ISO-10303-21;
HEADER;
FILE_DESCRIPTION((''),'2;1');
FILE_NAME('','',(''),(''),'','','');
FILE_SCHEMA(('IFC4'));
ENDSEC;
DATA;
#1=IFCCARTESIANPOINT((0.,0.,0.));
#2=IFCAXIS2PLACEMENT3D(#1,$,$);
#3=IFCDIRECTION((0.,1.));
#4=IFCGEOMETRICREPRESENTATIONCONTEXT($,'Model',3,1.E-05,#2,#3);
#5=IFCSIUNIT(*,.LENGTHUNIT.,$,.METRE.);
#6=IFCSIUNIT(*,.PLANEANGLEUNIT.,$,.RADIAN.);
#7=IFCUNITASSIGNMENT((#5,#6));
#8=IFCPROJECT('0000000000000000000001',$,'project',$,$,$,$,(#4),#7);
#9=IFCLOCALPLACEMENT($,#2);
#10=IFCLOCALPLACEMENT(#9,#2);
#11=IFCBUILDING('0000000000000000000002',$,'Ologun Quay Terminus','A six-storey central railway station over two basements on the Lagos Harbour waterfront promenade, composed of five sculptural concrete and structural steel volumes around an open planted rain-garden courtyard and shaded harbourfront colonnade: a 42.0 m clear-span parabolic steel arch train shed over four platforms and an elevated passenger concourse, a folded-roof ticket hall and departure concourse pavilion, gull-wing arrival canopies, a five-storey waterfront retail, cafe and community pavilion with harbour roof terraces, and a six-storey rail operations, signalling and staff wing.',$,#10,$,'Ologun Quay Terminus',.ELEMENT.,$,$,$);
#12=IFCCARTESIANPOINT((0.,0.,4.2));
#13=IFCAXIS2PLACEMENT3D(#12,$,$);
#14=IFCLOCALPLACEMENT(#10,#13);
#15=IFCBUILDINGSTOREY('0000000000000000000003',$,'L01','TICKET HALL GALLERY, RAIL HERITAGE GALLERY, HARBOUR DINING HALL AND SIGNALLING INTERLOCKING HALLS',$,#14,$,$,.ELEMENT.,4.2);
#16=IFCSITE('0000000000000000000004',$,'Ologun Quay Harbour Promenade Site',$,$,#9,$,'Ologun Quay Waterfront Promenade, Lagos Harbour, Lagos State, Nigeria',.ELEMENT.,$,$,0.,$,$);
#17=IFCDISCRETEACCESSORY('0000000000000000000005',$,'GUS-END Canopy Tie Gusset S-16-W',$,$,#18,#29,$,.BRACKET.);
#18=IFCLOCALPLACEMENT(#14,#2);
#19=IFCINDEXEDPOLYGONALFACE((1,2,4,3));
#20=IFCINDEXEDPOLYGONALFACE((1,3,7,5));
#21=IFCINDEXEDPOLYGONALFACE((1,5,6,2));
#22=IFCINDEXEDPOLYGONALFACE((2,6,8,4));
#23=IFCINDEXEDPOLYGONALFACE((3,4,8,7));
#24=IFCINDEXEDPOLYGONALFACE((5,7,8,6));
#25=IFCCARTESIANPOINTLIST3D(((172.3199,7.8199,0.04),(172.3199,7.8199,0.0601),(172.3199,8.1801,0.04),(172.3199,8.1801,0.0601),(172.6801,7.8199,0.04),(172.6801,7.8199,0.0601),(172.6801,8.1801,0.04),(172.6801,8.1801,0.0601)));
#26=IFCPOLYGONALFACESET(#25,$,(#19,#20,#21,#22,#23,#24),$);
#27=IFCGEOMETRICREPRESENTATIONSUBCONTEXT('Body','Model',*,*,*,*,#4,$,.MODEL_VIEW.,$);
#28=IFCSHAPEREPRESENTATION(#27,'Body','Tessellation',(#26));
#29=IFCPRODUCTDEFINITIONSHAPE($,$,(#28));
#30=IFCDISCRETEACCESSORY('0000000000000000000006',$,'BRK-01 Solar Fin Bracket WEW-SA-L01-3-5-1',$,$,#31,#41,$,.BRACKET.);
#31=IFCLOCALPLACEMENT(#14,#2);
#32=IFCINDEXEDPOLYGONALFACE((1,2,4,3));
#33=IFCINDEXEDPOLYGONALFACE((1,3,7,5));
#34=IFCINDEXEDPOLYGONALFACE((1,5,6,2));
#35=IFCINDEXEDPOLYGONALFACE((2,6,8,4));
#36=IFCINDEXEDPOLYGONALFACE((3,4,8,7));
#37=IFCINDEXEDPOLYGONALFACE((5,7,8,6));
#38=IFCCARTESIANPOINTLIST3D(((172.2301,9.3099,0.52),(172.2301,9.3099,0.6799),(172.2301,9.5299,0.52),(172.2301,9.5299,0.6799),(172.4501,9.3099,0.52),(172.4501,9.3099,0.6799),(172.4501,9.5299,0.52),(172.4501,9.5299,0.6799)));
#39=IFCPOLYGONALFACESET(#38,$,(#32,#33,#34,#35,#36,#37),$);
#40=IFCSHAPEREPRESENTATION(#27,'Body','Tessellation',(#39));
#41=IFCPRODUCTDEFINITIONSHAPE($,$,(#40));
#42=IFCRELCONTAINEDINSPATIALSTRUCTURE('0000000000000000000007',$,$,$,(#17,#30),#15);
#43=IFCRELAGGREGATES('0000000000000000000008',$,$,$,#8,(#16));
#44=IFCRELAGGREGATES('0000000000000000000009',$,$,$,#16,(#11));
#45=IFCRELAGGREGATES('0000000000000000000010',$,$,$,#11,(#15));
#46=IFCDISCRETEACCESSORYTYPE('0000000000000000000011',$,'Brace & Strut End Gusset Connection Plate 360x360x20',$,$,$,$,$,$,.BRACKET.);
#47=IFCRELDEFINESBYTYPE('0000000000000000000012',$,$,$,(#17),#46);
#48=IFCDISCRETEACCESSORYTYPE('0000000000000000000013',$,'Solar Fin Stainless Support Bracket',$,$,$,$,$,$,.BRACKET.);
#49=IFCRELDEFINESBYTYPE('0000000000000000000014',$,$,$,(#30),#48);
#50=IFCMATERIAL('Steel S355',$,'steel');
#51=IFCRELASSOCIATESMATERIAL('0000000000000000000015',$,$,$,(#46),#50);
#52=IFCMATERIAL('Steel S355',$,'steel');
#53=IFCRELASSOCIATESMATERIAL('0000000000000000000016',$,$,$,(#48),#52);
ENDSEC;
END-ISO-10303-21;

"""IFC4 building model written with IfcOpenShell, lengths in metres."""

from ifc_helpers import new_model, si_unit, direction, frame, origin, origin_2d, place, context, subcontext, project, spatial, rectangle, extrude, material, type_object, element, save


model = new_model("IFC4")

# Units and contexts
model_context = context("Model", 3, precision=1e-05, world=origin(), true_north=direction((0.0, 1.0)))
body_context = subcontext(model_context, "Body", "Model", "MODEL_VIEW")
ifc_project = project(units=[si_unit("LENGTHUNIT", "METRE"), si_unit("PLANEANGLEUNIT", "RADIAN")], contexts=[model_context])

# Site, building, storey
site_placement = place(None, origin())
site = spatial("IfcSite", under=ifc_project, at=site_placement, Name="Ologun Quay Harbour Promenade Site", LongName="Ologun Quay Waterfront Promenade, Lagos Harbour, Lagos State, Nigeria", CompositionType="ELEMENT", RefElevation=0.0)
building_placement = place(site_placement, origin())
building = spatial("IfcBuilding", under=site, at=building_placement, Name="Ologun Quay Terminus", Description="A six-storey central railway station over two basements on the Lagos Harbour waterfront promenade, composed of five sculptural concrete and structural steel volumes around an open planted rain-garden courtyard and shaded harbourfront colonnade: a 42.0 m clear-span parabolic steel arch train shed over four platforms and an elevated passenger concourse, a folded-roof ticket hall and departure concourse pavilion, gull-wing arrival canopies, a five-storey waterfront retail, cafe and community pavilion with harbour roof terraces, and a six-storey rail operations, signalling and staff wing.", LongName="Ologun Quay Terminus", CompositionType="ELEMENT")
storey_placement = place(building_placement, frame((0.0, 0.0, 4.2)))
storey = spatial("IfcBuildingStorey", under=building, at=storey_placement, Name="L01", Description="TICKET HALL GALLERY, RAIL HERITAGE GALLERY, HARBOUR DINING HALL AND SIGNALLING INTERLOCKING HALLS", CompositionType="ELEMENT", Elevation=4.2)

# Discrete accessories
ifc_material_1 = material(Name="Steel S355", Category="steel")
discrete_accessory_type_1 = type_object("IfcDiscreteAccessoryType", Name="Brace & Strut End Gusset Connection Plate 360x360x20", PredefinedType="BRACKET", material=ifc_material_1)
discrete_accessory_1_placement = place(storey_placement, frame((172.5, 8.0, 0.04), z_axis=(0.0, 0.0, 1.0), x_axis=(1.0, 0.0, 0.0)))
element("IfcDiscreteAccessory", 1, at=discrete_accessory_1_placement, inside=storey, type_object=discrete_accessory_type_1, Name="GUS-END Canopy Tie Gusset S-16-W", PredefinedType="BRACKET", context=body_context, shape_type="SweptSolid", body=[
    extrude(rectangle(XDim=0.3601, YDim=0.3601, at=origin_2d()), origin(), (0.0, 0.0, 1.0), 0.02),
])
ifc_material_2 = material(Name="Steel S355", Category="steel")
discrete_accessory_type_2 = type_object("IfcDiscreteAccessoryType", Name="Solar Fin Stainless Support Bracket", PredefinedType="BRACKET", material=ifc_material_2)
discrete_accessory_2_placement = place(storey_placement, frame((172.3401, 9.4199, 0.52), z_axis=(0.0, 0.0, 1.0), x_axis=(1.0, 0.0, 0.0)))
element("IfcDiscreteAccessory", 2, at=discrete_accessory_2_placement, inside=storey, type_object=discrete_accessory_type_2, Name="BRK-01 Solar Fin Bracket WEW-SA-L01-3-5-1", PredefinedType="BRACKET", context=body_context, shape_type="SweptSolid", body=[
    extrude(rectangle(XDim=0.22, YDim=0.22, at=origin_2d()), origin(), (0.0, 0.0, 1.0), 0.1599),
])

save(model, "model.ifc")
